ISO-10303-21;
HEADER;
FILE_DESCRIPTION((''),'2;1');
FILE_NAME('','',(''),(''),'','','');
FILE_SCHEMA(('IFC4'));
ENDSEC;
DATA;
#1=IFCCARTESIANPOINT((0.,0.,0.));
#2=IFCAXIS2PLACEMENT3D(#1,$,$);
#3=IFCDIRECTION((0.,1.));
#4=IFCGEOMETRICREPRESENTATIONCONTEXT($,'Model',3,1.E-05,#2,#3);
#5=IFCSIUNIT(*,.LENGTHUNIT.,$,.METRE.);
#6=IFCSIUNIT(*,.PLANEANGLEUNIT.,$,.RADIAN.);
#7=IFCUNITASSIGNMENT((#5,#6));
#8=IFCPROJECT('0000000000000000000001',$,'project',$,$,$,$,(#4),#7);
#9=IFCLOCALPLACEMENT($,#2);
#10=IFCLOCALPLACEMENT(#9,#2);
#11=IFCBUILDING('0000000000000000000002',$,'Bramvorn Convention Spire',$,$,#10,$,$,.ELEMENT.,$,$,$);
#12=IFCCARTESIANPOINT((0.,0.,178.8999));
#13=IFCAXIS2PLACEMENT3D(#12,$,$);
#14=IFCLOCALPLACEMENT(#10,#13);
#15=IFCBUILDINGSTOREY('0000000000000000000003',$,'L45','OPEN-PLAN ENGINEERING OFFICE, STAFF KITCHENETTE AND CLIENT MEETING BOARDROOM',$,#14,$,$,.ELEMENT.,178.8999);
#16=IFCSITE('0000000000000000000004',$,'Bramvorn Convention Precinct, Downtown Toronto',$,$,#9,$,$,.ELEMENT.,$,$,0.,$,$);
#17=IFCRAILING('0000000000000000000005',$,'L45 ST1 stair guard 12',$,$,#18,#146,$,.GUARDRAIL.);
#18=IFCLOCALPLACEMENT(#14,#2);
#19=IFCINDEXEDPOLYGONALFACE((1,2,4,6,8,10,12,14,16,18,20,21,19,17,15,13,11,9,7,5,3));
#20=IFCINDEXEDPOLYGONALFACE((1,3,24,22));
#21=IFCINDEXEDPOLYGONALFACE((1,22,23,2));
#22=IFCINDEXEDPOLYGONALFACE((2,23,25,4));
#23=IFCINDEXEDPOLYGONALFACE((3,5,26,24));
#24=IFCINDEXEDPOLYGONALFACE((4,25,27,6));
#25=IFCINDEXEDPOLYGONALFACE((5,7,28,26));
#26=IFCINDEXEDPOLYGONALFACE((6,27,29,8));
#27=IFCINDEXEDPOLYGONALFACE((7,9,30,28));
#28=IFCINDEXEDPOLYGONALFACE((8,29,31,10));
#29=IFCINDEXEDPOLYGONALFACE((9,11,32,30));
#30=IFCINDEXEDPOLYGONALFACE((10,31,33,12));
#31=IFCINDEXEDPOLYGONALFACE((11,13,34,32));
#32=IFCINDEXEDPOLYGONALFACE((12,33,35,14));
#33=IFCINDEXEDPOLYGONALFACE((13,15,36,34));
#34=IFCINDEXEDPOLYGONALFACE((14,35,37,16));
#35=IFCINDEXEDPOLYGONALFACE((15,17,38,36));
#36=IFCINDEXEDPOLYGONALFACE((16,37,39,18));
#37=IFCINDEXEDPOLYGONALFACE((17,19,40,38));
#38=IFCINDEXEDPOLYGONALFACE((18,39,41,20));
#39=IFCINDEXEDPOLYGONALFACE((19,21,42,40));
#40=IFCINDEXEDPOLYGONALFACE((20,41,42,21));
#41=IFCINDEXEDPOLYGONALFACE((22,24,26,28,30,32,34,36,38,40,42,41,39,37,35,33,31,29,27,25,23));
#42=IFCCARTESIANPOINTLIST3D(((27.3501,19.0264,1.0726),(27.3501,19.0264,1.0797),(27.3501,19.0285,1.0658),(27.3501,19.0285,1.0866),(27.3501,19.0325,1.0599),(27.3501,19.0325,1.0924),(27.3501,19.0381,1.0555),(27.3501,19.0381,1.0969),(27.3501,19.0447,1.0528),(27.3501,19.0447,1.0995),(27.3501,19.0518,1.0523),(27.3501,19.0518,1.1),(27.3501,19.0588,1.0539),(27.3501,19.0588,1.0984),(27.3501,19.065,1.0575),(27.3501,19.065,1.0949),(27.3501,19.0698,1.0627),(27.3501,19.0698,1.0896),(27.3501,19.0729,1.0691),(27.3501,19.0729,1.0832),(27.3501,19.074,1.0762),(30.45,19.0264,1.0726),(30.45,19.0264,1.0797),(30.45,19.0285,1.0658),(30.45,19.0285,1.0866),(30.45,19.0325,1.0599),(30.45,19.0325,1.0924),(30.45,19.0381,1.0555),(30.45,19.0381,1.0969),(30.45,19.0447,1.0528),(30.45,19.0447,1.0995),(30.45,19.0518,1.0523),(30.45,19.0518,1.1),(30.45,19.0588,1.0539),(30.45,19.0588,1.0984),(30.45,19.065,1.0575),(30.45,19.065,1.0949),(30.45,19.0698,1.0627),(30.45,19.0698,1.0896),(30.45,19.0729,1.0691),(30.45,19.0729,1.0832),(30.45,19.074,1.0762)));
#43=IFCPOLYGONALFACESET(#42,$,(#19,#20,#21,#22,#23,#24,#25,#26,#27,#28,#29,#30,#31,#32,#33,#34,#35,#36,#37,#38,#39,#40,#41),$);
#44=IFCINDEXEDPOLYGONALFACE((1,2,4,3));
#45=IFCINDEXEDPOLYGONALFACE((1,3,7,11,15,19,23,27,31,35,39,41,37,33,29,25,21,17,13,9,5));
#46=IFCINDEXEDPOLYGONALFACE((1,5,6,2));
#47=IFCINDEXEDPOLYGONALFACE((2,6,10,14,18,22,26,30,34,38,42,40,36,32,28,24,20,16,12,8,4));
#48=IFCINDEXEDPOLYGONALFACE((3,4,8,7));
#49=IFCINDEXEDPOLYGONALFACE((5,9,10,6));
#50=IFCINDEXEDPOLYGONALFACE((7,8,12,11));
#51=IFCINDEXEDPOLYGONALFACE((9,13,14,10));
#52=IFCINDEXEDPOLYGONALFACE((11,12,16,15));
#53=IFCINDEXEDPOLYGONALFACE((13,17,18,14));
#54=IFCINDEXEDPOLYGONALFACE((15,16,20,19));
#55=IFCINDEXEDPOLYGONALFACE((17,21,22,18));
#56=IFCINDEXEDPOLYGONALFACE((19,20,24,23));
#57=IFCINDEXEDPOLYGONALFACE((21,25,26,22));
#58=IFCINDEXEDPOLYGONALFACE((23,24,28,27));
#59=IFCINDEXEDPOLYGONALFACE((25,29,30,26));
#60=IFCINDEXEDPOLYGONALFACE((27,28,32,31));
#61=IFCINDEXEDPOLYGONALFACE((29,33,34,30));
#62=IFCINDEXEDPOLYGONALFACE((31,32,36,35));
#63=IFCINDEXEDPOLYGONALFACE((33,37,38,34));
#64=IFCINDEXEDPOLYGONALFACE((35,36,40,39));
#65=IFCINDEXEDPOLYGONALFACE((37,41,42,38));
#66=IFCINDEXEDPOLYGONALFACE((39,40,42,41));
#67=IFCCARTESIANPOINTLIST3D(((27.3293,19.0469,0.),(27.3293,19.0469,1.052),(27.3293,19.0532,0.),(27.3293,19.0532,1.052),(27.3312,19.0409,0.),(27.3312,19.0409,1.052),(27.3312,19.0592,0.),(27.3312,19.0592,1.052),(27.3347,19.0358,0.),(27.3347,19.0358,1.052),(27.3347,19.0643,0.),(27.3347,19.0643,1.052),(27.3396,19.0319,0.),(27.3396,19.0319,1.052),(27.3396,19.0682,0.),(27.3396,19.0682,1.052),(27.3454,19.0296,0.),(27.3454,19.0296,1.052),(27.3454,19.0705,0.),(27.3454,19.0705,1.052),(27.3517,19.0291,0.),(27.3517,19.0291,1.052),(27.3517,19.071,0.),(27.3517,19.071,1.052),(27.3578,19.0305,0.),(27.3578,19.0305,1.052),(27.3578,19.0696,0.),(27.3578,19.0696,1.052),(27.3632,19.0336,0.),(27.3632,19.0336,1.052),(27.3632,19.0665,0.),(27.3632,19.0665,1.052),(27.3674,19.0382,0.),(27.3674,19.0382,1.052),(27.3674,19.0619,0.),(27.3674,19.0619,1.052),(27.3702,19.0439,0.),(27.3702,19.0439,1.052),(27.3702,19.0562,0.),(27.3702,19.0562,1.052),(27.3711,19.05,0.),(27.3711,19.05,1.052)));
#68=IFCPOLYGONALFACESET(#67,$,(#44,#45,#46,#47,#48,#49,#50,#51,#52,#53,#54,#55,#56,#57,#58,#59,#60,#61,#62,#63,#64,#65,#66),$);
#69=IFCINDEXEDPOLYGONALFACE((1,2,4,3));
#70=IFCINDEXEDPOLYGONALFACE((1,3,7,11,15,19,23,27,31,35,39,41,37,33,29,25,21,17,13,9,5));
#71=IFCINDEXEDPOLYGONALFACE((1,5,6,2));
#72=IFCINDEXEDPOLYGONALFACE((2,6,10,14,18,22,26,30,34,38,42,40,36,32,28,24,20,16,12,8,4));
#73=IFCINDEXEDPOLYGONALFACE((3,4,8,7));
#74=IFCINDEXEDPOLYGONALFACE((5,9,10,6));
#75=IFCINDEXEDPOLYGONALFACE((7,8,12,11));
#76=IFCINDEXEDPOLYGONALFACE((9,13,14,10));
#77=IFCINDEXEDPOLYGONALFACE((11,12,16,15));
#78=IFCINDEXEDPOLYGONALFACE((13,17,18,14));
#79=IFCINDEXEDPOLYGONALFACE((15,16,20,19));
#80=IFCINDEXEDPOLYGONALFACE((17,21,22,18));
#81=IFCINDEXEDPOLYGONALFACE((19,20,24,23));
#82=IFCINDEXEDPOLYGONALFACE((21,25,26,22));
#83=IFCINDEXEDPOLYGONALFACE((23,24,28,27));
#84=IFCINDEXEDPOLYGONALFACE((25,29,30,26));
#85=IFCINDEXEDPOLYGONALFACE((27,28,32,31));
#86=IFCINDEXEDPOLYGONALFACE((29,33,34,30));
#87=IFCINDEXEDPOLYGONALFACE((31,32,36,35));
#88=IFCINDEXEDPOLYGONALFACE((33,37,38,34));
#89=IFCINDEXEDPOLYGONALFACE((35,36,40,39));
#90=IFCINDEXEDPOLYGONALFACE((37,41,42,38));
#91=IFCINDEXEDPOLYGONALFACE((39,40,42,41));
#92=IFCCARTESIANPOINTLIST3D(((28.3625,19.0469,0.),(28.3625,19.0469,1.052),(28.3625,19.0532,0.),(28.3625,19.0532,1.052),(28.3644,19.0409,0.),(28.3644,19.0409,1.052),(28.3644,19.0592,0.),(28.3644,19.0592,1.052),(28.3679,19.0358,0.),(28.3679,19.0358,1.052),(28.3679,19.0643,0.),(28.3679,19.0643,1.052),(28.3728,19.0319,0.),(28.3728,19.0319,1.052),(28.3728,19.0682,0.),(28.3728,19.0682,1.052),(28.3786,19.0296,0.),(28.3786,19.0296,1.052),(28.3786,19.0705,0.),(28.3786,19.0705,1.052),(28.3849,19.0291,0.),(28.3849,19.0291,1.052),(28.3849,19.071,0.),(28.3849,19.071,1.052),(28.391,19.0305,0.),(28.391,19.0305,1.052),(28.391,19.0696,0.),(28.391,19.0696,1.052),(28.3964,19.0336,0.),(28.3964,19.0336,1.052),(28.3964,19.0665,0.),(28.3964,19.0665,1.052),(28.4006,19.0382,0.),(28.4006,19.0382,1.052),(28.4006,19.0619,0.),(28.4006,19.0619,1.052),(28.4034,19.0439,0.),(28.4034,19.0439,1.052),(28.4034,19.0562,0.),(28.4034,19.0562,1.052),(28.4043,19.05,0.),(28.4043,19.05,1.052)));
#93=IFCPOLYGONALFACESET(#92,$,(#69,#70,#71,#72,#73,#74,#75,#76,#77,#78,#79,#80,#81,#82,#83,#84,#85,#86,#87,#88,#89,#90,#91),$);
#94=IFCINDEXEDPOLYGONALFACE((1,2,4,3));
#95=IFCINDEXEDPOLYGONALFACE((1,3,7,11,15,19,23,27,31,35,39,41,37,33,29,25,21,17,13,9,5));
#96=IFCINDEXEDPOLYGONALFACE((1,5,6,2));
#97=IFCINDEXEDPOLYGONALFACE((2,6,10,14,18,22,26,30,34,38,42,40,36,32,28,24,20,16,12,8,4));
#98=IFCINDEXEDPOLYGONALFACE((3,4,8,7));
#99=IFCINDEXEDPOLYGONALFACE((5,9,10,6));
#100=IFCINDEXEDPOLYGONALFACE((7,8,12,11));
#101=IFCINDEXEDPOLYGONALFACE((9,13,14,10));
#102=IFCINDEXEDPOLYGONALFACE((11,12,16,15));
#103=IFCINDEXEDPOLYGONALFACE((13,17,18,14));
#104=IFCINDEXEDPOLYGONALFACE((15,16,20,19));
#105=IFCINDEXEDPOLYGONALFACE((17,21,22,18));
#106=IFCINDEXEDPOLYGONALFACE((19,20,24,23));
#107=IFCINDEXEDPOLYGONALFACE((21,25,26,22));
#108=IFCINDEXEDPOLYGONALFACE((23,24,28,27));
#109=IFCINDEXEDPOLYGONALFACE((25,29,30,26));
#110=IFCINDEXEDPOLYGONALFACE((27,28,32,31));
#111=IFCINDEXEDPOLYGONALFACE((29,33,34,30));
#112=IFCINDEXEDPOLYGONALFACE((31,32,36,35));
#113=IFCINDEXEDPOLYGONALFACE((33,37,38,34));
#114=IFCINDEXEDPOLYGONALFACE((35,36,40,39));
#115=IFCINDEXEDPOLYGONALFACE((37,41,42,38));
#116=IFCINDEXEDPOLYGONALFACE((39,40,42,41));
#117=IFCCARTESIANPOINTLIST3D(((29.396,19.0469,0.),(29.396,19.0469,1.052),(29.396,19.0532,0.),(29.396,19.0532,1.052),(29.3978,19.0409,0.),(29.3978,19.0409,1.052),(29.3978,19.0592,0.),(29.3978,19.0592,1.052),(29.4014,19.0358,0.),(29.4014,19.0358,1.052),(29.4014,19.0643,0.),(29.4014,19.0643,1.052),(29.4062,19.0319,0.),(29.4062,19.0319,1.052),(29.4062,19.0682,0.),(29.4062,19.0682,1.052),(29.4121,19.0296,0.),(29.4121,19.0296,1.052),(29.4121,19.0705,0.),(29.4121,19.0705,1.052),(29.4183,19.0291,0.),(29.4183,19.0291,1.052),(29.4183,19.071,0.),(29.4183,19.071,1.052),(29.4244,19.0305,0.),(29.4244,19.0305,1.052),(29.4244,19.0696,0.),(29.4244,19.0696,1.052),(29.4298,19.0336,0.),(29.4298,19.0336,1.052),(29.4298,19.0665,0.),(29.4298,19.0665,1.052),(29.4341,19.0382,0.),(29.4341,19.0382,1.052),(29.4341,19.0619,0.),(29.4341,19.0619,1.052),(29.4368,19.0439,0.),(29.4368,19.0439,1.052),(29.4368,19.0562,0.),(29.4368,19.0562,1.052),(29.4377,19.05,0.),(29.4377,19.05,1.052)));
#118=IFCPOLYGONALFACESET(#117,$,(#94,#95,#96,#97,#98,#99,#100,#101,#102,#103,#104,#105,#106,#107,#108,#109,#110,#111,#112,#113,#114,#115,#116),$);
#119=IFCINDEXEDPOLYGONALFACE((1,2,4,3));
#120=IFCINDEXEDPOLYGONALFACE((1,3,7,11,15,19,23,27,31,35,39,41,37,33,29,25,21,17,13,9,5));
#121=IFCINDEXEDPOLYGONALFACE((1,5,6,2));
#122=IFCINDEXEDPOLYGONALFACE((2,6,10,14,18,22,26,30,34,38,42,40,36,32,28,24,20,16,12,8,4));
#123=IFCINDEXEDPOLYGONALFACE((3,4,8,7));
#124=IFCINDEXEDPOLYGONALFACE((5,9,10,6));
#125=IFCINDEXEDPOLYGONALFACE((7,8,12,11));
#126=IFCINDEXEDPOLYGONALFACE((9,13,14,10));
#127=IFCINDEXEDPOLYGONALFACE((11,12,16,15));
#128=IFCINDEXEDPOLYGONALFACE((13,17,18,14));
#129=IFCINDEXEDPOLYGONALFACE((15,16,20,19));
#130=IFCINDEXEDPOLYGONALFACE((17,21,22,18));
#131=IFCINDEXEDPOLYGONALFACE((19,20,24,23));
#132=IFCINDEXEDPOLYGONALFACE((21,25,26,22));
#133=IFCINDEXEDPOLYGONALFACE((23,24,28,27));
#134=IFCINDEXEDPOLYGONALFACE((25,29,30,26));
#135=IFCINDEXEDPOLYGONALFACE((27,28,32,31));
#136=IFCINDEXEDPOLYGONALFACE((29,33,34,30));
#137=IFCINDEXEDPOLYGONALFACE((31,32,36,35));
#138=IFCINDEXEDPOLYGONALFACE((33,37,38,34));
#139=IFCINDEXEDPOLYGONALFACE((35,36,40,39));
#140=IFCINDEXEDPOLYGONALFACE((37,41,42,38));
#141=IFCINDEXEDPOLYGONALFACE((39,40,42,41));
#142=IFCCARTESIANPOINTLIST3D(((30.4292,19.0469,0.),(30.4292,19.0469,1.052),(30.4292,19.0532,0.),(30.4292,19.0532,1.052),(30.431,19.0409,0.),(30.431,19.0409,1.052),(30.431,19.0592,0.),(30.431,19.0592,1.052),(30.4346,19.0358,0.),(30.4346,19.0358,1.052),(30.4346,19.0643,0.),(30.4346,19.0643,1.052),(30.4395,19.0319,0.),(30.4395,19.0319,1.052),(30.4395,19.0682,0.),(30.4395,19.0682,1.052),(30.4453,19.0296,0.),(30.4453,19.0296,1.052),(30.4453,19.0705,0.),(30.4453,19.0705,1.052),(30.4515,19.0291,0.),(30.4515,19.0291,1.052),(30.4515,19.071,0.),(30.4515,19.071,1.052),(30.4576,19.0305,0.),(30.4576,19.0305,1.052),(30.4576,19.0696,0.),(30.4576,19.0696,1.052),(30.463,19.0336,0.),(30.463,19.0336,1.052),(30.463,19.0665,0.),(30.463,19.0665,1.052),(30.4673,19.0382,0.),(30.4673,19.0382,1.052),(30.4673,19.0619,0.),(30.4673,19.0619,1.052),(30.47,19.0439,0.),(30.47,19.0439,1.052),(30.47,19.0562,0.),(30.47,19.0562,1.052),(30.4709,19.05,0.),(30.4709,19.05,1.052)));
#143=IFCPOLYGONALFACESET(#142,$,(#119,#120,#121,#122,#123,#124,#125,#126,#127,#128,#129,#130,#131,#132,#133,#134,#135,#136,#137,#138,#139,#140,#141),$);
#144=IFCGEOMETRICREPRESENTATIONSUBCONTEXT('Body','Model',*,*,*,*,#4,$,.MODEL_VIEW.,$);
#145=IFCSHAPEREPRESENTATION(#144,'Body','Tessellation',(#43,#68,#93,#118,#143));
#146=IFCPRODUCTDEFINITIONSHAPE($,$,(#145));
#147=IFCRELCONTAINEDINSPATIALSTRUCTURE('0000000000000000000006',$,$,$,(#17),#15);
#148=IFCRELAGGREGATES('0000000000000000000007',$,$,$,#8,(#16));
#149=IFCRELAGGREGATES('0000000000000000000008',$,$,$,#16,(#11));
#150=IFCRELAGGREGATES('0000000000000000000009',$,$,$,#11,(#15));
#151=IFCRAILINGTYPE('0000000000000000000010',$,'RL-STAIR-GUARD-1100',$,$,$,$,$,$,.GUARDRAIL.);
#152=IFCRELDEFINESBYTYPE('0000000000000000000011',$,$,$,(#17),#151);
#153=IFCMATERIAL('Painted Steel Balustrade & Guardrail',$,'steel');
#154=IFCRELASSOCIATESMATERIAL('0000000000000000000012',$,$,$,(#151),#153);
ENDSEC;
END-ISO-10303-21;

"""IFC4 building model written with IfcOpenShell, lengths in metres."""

from ifc_helpers import new_model, si_unit, direction, frame, origin, origin_2d, place, context, subcontext, project, spatial, circle, extrude, material, type_object, element, save


model = new_model("IFC4")

# Units and contexts
model_context = context("Model", 3, precision=1e-05, world=origin(), true_north=direction((0.0, 1.0)))
body_context = subcontext(model_context, "Body", "Model", "MODEL_VIEW")
ifc_project = project(units=[si_unit("LENGTHUNIT", "METRE"), si_unit("PLANEANGLEUNIT", "RADIAN")], contexts=[model_context])

# Site, building, storey
site_placement = place(None, origin())
site = spatial("IfcSite", under=ifc_project, at=site_placement, Name="Bramvorn Convention Precinct, Downtown Toronto", CompositionType="ELEMENT", RefElevation=0.0)
building_placement = place(site_placement, origin())
building = spatial("IfcBuilding", under=site, at=building_placement, Name="Bramvorn Convention Spire", CompositionType="ELEMENT")
storey_placement = place(building_placement, frame((0.0, 0.0, 178.8999)))
storey = spatial("IfcBuildingStorey", under=building, at=storey_placement, Name="L45", Description="OPEN-PLAN ENGINEERING OFFICE, STAFF KITCHENETTE AND CLIENT MEETING BOARDROOM", CompositionType="ELEMENT", Elevation=178.8999)

# Railing
ifc_material_1 = material(Name="Painted Steel Balustrade & Guardrail", Category="steel")
railing_type = type_object("IfcRailingType", Name="RL-STAIR-GUARD-1100", PredefinedType="GUARDRAIL", material=ifc_material_1)
railing_1_placement = place(storey_placement, frame((27.3501, 19.05, 0.0)))
element("IfcRailing", 1, at=railing_1_placement, inside=storey, type_object=railing_type, Name="L45 ST1 stair guard 12", PredefinedType="GUARDRAIL", context=body_context, shape_type="SweptSolid", body=[
    extrude(circle(Radius=0.0239, at=origin_2d()), frame((0.0, 0.0, 1.0762), z_axis=(1.0, 0.0, 0.0), x_axis=(0.0, 1.0, 0.0)), (0.0, 0.0, 1.0), 3.0999),
    extrude(circle(Radius=0.021, at=origin_2d()), origin(), (0.0, 0.0, 1.0), 1.052),
    extrude(circle(Radius=0.021, at=origin_2d()), frame((1.0332, 0.0, 0.0)), (0.0, 0.0, 1.0), 1.052),
    extrude(circle(Radius=0.021, at=origin_2d()), frame((2.0667, 0.0, 0.0)), (0.0, 0.0, 1.0), 1.052),
    extrude(circle(Radius=0.021, at=origin_2d()), frame((3.0999, 0.0, 0.0)), (0.0, 0.0, 1.0), 1.052),
])

save(model, "model.ifc")
